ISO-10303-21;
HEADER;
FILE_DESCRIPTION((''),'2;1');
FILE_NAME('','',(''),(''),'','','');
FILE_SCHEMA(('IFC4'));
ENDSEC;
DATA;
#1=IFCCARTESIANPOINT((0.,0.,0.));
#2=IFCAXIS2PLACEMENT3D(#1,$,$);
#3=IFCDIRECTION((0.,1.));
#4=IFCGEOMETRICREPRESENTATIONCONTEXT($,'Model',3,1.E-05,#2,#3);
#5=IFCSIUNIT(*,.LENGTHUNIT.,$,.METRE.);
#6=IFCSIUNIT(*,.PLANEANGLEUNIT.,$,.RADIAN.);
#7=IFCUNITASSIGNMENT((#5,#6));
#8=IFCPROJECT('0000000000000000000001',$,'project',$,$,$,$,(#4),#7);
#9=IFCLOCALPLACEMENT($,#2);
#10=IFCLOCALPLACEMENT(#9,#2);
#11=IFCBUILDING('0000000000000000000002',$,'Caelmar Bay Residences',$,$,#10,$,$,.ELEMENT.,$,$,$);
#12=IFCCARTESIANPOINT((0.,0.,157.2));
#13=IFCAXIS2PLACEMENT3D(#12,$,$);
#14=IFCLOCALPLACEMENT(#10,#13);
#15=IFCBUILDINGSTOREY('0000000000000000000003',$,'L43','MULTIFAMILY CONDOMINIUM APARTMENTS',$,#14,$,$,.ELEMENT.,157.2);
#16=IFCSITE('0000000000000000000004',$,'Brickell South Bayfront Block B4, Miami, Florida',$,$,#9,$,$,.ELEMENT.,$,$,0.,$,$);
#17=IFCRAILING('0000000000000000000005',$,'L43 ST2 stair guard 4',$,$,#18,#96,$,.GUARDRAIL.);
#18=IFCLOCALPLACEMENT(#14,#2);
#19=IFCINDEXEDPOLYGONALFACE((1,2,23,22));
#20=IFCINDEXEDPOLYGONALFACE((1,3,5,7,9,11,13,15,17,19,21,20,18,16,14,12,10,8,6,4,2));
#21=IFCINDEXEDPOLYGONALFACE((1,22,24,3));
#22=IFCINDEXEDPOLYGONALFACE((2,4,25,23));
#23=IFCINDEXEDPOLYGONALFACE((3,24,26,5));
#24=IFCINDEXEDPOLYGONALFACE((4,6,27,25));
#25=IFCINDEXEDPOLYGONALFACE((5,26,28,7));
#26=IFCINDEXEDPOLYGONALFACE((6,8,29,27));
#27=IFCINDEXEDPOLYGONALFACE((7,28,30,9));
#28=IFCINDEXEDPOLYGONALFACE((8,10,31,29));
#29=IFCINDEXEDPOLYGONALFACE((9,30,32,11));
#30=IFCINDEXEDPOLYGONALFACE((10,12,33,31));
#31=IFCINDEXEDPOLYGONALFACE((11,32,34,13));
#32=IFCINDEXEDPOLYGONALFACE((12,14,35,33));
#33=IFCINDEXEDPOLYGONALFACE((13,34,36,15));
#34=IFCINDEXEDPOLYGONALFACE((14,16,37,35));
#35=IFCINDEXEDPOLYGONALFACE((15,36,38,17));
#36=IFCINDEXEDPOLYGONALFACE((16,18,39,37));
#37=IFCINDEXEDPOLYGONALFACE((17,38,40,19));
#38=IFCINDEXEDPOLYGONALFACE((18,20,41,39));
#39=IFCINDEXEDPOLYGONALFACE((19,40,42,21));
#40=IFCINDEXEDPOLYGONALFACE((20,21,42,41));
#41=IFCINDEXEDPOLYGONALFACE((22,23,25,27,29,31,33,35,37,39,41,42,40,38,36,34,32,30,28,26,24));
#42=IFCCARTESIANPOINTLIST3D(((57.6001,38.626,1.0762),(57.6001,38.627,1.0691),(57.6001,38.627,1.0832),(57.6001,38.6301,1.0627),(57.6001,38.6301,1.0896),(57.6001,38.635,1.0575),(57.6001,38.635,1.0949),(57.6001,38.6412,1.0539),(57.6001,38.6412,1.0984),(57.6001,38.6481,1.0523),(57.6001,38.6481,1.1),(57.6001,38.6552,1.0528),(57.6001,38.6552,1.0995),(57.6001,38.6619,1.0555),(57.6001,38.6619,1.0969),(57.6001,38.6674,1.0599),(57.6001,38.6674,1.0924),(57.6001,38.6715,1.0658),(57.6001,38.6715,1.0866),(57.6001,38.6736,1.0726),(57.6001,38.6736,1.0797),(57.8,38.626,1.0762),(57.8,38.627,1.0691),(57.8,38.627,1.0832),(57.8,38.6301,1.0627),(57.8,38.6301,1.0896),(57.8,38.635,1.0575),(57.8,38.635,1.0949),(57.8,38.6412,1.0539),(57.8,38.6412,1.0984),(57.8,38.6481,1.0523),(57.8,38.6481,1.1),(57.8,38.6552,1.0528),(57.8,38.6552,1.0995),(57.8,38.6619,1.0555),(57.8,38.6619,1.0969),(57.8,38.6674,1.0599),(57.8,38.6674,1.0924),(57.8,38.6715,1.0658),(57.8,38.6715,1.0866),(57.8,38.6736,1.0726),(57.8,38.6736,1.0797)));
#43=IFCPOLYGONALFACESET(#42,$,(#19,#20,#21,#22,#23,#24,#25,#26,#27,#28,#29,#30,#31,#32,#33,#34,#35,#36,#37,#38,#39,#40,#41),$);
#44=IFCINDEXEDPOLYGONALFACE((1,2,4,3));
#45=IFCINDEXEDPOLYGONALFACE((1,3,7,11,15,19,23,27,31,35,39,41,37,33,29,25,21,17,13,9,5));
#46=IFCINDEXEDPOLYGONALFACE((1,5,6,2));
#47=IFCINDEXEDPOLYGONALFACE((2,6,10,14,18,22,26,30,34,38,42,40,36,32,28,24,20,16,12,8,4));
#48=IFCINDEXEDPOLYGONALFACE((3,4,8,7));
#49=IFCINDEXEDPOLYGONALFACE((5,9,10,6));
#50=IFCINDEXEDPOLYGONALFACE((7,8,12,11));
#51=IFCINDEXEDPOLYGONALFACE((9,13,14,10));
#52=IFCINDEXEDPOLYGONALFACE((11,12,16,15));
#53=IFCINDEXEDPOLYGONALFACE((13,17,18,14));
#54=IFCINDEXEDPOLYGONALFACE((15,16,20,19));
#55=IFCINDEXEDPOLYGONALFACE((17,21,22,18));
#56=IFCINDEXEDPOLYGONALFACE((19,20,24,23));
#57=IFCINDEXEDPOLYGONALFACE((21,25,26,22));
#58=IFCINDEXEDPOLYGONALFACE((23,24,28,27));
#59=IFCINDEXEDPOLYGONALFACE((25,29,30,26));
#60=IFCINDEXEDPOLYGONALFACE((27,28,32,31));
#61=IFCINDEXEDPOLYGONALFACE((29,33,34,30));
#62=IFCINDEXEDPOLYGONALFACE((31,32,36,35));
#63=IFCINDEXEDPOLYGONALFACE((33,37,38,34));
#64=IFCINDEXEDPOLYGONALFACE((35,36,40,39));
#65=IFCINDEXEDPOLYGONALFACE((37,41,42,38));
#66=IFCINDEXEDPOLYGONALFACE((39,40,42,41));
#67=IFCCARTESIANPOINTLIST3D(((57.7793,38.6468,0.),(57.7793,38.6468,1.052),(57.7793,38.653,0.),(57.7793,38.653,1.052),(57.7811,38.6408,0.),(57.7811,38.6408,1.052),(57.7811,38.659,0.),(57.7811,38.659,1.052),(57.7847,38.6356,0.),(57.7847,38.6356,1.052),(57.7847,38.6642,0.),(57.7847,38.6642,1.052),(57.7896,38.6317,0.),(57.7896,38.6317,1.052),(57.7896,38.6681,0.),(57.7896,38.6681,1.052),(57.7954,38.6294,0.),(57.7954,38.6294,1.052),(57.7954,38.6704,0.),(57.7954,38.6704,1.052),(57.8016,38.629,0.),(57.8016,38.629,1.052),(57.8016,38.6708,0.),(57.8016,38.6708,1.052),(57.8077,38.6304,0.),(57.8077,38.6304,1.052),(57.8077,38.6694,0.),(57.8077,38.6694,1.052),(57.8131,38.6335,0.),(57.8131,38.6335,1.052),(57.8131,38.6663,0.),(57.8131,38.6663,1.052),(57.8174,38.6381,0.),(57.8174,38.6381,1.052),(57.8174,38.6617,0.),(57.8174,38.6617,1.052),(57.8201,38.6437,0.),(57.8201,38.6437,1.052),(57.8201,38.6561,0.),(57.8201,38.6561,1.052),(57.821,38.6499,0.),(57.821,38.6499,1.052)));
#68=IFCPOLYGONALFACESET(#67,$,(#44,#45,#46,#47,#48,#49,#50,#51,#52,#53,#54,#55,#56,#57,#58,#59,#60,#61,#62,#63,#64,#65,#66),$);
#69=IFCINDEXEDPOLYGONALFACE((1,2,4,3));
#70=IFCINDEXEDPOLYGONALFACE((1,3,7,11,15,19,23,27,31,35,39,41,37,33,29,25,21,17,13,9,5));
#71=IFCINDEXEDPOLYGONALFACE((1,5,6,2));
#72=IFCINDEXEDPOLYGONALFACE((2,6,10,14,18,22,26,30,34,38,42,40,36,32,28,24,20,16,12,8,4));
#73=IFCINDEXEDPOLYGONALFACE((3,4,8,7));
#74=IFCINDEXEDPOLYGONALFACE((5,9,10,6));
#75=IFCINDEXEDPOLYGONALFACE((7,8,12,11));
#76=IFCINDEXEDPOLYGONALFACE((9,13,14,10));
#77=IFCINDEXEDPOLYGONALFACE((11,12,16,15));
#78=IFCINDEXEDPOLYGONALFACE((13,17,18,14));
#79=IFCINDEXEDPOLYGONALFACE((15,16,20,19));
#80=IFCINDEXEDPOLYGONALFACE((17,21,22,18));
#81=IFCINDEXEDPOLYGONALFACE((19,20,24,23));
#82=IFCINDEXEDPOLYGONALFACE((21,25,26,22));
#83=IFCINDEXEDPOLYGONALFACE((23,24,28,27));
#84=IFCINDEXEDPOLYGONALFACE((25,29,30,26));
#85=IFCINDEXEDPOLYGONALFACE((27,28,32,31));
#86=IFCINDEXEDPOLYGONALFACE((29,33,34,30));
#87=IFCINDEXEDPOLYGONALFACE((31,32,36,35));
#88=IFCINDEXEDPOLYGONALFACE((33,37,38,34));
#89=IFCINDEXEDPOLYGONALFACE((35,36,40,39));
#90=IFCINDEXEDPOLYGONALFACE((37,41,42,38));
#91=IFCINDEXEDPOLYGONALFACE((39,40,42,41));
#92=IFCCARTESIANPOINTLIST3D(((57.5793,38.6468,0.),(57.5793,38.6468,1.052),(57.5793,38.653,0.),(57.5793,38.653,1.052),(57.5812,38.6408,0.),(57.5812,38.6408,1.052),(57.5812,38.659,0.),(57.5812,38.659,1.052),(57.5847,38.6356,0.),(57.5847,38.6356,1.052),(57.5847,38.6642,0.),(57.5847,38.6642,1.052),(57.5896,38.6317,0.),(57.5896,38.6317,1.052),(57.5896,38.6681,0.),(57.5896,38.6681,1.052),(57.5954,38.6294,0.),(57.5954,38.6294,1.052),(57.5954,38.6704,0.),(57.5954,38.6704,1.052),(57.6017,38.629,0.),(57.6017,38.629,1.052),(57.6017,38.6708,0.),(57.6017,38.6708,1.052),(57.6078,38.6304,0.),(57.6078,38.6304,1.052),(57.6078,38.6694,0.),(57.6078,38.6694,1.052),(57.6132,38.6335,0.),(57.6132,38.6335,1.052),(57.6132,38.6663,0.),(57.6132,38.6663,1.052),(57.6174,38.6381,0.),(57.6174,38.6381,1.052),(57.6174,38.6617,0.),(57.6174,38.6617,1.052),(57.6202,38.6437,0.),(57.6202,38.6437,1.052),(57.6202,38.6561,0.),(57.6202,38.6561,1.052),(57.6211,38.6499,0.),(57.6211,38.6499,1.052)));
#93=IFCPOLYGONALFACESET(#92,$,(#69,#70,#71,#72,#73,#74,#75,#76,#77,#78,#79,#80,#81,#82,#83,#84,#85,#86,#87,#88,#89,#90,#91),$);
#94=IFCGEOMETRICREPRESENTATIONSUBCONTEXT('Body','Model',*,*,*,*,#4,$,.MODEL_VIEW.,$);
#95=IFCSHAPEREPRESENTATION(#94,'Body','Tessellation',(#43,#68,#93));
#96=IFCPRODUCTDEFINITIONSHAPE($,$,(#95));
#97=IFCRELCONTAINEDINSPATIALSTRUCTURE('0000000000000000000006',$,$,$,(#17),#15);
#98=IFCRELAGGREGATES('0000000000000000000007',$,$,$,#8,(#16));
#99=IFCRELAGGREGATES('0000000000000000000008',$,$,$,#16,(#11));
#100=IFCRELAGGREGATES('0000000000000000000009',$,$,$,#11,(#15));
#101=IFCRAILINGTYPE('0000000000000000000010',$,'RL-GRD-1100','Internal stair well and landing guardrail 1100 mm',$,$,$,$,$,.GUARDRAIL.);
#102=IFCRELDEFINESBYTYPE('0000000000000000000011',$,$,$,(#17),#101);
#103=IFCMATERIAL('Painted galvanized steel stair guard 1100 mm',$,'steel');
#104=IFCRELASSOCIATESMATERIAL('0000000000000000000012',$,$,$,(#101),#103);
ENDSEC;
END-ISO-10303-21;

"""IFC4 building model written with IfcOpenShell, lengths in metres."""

from ifc_helpers import new_model, si_unit, direction, frame, origin, origin_2d, place, context, subcontext, project, spatial, circle, extrude, material, type_object, element, save


model = new_model("IFC4")

# Units and contexts
model_context = context("Model", 3, precision=1e-05, world=origin(), true_north=direction((0.0, 1.0)))
body_context = subcontext(model_context, "Body", "Model", "MODEL_VIEW")
ifc_project = project(units=[si_unit("LENGTHUNIT", "METRE"), si_unit("PLANEANGLEUNIT", "RADIAN")], contexts=[model_context])

# Site, building, storey
site_placement = place(None, origin())
site = spatial("IfcSite", under=ifc_project, at=site_placement, Name="Brickell South Bayfront Block B4, Miami, Florida", CompositionType="ELEMENT", RefElevation=0.0)
building_placement = place(site_placement, origin())
building = spatial("IfcBuilding", under=site, at=building_placement, Name="Caelmar Bay Residences", CompositionType="ELEMENT")
storey_placement = place(building_placement, frame((0.0, 0.0, 157.2)))
storey = spatial("IfcBuildingStorey", under=building, at=storey_placement, Name="L43", Description="MULTIFAMILY CONDOMINIUM APARTMENTS", CompositionType="ELEMENT", Elevation=157.2)

# Railing
ifc_material_1 = material(Name="Painted galvanized steel stair guard 1100 mm", Category="steel")
railing_type_1 = type_object("IfcRailingType", Name="RL-GRD-1100", Description="Internal stair well and landing guardrail 1100 mm", PredefinedType="GUARDRAIL", material=ifc_material_1)
railing_1_placement = place(storey_placement, frame((57.8, 38.6499, 0.0)))
element("IfcRailing", 1, at=railing_1_placement, inside=storey, type_object=railing_type_1, Name="L43 ST2 stair guard 4", PredefinedType="GUARDRAIL", context=body_context, shape_type="SweptSolid", body=[
    extrude(circle(Radius=0.0239, at=origin_2d()), frame((0.0, 0.0, 1.0762), z_axis=(-1.0, 0.0, 0.0), x_axis=(0.0, -1.0, 0.0)), (0.0, 0.0, 1.0), 0.2),
    extrude(circle(Radius=0.021, at=origin_2d()), origin(), (0.0, 0.0, 1.0), 1.052),
    extrude(circle(Radius=0.021, at=origin_2d()), frame((-0.2, 0.0, 0.0)), (0.0, 0.0, 1.0), 1.052),
])

save(model, "model.ifc")
